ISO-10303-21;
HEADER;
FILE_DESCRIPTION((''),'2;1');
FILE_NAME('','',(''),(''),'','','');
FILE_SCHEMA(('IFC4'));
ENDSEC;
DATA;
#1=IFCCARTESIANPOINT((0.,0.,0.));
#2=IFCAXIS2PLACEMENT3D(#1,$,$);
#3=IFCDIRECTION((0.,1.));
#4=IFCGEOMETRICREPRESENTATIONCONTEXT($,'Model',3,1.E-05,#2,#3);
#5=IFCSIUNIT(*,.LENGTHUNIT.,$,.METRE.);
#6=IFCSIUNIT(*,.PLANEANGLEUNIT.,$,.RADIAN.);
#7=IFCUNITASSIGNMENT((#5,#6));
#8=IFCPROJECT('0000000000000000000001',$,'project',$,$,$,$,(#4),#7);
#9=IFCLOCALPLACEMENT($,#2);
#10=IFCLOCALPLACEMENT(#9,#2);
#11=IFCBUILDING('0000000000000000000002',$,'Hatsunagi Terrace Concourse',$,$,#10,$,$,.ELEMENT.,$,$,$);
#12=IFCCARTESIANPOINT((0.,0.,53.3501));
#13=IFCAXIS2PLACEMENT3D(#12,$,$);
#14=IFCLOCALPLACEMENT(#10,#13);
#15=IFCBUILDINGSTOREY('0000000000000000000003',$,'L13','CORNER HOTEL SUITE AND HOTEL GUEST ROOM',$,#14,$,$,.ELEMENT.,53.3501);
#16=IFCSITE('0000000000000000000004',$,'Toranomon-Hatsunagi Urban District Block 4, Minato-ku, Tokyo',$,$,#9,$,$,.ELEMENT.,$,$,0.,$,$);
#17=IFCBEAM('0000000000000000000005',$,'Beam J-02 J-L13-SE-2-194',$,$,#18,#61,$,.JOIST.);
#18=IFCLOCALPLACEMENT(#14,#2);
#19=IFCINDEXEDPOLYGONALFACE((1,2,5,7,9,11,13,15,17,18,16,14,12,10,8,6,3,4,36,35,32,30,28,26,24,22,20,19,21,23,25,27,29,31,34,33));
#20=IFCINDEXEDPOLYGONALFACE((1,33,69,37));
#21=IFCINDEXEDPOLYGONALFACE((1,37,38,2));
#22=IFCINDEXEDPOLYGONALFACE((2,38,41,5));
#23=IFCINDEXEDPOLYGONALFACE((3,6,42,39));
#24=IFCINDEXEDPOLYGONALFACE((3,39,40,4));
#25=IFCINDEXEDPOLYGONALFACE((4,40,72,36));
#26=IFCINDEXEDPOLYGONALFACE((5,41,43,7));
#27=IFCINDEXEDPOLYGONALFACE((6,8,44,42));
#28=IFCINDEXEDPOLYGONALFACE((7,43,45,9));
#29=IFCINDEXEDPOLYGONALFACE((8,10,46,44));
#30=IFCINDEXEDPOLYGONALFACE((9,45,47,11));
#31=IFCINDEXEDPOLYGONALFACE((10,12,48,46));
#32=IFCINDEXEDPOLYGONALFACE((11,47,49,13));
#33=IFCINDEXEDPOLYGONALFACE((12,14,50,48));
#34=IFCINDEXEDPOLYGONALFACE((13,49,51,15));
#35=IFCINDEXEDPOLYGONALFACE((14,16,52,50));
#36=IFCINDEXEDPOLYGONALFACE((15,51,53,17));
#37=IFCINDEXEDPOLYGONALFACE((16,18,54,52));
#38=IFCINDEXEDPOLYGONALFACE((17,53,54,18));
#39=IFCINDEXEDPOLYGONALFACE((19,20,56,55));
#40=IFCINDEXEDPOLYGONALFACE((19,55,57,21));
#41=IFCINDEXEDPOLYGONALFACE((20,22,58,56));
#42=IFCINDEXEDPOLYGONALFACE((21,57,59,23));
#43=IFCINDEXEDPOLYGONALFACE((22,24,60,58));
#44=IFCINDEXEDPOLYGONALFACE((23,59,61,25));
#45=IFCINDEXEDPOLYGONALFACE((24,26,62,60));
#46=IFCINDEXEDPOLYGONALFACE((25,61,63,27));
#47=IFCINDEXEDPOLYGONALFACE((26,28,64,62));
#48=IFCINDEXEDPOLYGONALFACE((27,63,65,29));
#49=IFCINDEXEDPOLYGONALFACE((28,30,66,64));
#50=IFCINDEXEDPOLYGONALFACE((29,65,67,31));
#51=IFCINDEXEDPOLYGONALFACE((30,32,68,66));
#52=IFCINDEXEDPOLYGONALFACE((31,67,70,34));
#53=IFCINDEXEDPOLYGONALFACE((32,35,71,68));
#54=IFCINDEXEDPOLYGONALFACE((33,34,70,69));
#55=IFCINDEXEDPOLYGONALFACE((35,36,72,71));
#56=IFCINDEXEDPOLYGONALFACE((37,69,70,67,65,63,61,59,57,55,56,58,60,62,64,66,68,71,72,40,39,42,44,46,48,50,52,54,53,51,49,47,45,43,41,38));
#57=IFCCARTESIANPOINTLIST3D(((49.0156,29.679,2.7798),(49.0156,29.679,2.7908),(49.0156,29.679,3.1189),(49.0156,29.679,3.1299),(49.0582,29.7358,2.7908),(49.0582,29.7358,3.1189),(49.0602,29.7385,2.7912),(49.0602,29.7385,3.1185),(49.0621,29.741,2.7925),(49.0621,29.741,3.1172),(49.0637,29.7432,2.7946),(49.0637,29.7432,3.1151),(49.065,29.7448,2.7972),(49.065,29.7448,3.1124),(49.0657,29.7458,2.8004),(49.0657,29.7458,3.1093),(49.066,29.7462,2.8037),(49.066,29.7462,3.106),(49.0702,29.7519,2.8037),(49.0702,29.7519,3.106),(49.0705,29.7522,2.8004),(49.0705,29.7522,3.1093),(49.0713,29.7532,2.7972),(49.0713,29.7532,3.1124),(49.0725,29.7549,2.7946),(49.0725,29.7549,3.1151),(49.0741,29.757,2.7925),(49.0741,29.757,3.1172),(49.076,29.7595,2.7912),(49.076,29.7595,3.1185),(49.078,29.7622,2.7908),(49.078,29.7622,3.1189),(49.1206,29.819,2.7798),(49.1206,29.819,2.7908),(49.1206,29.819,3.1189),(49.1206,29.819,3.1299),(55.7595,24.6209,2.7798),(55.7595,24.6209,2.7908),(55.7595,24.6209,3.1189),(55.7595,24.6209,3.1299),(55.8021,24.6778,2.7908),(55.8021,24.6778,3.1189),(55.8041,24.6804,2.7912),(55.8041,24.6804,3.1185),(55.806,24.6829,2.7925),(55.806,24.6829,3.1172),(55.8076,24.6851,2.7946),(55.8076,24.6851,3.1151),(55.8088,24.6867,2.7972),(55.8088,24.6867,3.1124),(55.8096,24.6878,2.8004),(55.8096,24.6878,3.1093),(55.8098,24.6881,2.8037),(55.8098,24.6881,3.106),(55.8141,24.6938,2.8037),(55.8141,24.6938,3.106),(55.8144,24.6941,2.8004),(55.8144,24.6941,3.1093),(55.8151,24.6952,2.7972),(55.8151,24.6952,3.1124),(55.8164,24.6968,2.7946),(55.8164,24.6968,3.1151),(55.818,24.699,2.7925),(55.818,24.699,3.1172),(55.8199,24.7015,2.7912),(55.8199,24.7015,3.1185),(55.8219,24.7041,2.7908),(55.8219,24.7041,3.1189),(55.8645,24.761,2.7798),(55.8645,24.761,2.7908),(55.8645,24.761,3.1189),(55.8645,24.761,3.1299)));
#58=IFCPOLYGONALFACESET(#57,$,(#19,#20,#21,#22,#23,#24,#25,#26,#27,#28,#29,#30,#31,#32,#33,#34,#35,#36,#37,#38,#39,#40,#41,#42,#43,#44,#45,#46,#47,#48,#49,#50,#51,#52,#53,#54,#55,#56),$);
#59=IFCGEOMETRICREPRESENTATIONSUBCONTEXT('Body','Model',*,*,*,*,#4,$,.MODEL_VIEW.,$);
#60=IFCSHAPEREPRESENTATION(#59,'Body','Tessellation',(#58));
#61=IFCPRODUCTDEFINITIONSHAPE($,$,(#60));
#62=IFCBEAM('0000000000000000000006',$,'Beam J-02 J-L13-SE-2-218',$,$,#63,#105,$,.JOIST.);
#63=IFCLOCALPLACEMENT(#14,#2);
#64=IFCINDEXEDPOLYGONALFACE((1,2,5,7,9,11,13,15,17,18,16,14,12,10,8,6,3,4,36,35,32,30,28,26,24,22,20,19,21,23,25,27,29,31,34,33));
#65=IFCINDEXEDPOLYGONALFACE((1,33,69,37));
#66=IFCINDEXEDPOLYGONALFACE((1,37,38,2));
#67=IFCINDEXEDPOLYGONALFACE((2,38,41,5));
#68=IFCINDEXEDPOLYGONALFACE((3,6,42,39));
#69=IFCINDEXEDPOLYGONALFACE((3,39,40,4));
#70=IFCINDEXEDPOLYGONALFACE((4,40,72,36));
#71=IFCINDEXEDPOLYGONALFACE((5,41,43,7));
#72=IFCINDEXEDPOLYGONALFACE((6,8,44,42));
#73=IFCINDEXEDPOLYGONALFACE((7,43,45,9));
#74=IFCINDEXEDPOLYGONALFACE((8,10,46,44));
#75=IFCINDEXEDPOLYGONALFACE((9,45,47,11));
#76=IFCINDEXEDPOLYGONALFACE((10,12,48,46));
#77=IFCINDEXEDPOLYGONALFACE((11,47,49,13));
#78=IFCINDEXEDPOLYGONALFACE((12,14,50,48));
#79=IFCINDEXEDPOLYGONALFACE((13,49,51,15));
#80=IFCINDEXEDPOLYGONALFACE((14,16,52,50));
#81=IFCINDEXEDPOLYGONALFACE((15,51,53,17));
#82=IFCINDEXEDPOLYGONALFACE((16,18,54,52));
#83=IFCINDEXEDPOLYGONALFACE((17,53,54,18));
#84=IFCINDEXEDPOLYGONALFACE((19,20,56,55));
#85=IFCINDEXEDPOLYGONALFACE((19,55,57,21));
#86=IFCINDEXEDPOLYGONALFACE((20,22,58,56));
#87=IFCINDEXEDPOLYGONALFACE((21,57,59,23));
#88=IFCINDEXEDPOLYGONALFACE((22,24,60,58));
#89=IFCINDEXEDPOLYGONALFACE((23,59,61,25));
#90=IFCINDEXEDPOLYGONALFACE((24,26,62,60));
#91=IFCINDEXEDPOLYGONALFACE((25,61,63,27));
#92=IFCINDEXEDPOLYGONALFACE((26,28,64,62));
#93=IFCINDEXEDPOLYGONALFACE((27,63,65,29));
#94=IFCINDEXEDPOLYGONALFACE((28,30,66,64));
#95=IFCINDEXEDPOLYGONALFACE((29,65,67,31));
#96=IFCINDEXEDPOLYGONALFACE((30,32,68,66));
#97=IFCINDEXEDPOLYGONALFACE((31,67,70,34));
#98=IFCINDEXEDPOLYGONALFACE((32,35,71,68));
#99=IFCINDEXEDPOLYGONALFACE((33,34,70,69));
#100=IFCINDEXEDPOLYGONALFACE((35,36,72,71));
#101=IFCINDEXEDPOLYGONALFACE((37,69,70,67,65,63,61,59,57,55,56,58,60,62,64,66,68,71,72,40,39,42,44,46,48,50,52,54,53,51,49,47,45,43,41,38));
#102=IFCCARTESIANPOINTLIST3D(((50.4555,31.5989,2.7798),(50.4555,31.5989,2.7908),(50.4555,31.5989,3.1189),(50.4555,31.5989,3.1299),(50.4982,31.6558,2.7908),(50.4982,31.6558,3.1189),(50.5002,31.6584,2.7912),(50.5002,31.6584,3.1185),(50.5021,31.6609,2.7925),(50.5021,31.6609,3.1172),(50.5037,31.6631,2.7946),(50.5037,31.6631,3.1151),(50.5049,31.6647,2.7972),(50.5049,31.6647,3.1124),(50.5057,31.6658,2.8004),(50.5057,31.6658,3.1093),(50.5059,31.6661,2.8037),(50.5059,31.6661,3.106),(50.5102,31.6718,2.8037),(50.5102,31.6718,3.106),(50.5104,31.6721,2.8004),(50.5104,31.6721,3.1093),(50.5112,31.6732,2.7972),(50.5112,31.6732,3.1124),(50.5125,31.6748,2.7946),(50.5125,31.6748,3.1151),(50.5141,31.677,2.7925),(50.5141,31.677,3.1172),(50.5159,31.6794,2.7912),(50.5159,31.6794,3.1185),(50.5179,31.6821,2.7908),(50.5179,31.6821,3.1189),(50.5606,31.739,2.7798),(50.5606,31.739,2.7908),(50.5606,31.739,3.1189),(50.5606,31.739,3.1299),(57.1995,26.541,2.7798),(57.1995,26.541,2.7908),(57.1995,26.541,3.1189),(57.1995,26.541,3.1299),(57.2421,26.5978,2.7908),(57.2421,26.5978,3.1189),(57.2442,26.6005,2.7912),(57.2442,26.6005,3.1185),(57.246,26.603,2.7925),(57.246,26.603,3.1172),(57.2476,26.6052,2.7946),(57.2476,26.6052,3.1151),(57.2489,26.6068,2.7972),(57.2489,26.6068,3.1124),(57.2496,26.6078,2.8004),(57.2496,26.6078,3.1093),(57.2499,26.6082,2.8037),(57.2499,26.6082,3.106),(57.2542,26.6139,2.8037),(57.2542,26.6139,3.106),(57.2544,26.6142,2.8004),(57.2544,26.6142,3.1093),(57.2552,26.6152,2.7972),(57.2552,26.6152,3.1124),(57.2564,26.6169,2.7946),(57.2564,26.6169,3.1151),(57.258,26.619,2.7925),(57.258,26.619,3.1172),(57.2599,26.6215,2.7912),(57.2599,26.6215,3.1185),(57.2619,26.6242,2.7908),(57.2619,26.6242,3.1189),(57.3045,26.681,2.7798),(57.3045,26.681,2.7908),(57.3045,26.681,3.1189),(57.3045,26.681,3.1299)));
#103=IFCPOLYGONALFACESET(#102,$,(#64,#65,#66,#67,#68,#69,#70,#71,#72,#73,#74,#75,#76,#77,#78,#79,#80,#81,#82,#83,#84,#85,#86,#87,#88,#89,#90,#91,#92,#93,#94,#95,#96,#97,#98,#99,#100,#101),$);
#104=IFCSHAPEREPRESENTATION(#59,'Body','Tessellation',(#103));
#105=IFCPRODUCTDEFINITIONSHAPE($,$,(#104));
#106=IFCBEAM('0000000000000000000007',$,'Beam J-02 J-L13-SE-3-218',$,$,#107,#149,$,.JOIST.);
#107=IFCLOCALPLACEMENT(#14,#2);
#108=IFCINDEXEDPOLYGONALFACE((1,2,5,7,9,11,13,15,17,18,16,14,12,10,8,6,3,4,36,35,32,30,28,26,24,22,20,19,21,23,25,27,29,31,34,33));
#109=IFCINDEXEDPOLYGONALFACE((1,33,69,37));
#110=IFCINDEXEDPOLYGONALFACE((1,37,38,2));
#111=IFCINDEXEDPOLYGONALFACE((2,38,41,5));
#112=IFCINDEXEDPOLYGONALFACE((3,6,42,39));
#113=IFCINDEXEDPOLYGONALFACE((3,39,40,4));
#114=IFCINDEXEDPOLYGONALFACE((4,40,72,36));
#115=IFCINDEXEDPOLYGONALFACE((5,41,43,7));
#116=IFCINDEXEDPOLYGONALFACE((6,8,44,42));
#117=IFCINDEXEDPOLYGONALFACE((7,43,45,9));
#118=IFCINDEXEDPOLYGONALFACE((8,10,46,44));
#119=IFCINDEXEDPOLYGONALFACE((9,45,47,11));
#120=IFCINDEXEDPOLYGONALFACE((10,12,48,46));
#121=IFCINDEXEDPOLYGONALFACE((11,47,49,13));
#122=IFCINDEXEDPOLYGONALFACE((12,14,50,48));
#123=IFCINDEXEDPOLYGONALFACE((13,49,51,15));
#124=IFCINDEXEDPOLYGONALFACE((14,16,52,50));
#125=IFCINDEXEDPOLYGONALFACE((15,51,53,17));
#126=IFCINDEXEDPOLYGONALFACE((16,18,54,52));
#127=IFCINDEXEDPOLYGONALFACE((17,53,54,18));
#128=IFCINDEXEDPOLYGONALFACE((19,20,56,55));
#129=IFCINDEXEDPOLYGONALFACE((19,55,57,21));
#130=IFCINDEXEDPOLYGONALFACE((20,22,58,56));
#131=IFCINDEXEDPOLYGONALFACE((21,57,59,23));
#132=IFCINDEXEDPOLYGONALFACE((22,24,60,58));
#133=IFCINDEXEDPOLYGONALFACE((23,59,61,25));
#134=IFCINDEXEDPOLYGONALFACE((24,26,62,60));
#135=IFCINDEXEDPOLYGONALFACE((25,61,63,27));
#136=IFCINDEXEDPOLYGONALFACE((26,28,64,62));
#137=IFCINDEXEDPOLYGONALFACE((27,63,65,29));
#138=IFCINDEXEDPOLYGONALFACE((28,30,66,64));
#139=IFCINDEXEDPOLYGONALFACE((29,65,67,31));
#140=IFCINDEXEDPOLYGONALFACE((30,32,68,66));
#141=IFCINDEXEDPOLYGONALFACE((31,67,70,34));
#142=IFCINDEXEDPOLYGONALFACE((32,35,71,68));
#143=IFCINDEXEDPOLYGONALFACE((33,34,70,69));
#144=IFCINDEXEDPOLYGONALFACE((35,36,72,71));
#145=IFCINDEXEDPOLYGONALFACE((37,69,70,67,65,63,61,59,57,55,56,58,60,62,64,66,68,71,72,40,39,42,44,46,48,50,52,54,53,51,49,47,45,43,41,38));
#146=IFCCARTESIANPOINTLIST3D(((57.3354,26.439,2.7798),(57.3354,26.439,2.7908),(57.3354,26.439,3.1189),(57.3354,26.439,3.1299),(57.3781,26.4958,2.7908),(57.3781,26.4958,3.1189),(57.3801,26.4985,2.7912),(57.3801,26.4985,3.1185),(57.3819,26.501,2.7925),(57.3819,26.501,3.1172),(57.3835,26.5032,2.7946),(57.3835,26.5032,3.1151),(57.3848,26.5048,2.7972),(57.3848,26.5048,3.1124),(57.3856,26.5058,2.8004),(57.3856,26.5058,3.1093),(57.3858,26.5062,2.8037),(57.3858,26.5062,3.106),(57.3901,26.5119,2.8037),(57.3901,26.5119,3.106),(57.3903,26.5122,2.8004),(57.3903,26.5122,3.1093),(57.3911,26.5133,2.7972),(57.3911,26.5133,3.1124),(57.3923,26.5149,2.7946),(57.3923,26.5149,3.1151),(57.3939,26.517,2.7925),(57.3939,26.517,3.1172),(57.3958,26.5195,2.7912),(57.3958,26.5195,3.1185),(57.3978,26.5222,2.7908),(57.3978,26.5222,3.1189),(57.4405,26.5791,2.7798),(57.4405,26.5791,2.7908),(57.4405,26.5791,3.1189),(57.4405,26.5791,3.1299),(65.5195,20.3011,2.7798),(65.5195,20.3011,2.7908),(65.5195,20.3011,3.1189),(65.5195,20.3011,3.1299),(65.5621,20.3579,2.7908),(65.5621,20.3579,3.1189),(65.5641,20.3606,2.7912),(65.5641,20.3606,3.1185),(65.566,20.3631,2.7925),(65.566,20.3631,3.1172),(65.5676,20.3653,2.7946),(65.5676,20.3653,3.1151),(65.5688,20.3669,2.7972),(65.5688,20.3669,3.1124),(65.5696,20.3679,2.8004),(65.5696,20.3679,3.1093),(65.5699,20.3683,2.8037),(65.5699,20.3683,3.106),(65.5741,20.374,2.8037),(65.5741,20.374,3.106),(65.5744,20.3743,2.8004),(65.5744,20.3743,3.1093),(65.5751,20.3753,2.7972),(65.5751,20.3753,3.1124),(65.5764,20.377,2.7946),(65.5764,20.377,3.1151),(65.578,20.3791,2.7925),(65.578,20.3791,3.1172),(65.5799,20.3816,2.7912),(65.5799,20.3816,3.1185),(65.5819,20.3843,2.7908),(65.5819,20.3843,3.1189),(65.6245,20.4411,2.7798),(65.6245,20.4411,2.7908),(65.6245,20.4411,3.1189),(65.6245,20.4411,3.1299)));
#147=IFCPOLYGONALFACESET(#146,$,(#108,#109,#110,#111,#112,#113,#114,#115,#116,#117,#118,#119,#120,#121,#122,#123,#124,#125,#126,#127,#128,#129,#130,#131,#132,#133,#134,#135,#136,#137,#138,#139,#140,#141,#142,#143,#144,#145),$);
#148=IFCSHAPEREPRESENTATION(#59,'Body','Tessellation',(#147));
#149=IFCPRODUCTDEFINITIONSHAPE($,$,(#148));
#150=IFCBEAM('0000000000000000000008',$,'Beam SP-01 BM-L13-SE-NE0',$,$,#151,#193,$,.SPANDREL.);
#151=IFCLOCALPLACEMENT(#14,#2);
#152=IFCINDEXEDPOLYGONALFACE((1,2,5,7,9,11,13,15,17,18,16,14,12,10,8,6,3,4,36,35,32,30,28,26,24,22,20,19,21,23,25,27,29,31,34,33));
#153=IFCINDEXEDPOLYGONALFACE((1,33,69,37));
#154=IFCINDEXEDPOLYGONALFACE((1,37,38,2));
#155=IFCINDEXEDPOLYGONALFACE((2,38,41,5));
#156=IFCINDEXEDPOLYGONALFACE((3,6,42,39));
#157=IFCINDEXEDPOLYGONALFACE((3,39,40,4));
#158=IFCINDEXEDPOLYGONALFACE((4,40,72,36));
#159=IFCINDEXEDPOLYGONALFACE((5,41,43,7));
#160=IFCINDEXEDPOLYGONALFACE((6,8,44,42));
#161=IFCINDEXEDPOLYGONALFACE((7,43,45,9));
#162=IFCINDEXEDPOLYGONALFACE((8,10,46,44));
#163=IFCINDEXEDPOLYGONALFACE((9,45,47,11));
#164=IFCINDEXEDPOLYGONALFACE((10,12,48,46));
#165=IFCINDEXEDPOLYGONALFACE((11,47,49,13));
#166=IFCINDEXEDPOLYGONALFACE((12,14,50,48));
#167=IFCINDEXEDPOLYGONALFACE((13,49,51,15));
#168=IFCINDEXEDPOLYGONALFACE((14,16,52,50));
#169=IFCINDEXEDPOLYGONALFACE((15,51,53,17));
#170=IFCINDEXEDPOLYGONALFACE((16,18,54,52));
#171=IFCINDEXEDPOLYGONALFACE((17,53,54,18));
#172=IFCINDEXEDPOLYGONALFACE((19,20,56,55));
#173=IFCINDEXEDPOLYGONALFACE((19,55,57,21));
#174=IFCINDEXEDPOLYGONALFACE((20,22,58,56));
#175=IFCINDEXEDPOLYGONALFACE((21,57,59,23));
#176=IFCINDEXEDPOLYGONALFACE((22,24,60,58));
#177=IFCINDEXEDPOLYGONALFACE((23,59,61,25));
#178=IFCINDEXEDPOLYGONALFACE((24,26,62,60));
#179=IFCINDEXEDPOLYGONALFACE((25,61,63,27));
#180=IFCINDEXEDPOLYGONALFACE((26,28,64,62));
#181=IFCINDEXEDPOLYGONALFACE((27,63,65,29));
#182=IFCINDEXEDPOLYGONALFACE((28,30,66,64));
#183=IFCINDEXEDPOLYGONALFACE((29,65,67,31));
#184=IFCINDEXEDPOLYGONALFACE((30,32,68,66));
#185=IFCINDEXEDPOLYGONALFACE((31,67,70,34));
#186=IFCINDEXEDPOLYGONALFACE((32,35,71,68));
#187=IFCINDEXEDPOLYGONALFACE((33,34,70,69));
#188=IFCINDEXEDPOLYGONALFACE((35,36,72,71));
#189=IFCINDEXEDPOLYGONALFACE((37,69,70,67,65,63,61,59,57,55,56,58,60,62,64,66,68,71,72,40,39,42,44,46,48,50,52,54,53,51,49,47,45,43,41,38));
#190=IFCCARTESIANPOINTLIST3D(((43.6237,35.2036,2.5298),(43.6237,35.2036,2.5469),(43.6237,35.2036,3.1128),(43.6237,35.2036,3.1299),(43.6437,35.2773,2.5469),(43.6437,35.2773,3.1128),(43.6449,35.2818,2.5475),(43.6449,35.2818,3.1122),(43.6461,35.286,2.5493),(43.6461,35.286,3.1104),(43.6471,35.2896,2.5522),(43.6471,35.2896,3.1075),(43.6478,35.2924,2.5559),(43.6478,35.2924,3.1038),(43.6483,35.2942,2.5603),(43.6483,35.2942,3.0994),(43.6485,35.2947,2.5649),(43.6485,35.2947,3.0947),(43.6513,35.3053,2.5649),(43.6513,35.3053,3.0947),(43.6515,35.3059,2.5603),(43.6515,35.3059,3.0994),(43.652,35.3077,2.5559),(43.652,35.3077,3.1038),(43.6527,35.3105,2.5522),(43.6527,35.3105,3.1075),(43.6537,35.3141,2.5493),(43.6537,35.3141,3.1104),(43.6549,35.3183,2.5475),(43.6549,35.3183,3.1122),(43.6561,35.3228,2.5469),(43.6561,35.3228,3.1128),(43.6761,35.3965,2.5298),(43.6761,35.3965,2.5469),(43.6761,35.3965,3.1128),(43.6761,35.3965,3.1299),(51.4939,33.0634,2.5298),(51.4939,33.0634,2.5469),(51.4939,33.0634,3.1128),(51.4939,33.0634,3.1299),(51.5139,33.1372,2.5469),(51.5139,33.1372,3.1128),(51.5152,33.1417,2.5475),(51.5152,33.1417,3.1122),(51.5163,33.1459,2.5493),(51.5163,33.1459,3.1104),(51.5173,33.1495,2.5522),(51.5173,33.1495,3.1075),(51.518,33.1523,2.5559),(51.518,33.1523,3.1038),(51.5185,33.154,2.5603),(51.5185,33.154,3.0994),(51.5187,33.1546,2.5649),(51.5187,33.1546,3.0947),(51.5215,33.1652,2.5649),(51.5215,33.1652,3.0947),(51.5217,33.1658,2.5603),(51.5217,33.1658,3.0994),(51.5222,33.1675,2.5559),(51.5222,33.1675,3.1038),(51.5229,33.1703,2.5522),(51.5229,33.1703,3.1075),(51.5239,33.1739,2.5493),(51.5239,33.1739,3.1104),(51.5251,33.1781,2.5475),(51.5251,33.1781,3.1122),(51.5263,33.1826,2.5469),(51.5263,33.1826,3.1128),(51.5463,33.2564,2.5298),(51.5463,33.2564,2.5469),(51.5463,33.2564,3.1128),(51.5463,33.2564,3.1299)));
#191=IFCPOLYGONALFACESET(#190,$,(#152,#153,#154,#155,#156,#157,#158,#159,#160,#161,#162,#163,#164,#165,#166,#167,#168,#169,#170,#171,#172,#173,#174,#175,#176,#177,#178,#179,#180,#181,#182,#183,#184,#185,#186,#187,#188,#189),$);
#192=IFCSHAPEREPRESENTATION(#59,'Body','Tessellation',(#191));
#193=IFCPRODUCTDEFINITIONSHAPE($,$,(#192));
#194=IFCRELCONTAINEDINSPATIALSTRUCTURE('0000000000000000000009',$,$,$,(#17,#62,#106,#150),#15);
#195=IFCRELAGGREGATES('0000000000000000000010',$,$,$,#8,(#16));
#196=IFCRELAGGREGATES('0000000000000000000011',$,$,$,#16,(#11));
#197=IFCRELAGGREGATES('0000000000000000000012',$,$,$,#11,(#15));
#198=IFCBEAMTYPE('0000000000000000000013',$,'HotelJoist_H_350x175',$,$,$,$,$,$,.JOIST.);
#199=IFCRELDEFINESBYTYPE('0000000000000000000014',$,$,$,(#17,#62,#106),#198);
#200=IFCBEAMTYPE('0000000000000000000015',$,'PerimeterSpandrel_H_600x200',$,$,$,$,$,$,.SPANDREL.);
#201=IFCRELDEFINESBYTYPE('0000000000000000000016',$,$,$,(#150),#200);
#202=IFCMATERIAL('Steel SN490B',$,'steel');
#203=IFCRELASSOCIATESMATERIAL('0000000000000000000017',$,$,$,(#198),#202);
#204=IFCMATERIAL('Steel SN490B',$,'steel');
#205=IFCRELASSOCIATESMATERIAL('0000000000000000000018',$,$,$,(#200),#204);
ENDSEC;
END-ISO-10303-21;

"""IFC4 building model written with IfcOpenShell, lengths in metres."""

from ifc_helpers import new_model, si_unit, direction, frame, origin, origin_2d, place, context, subcontext, project, spatial, i_section, extrude, material, material_profile, profile_set, type_object, element, save


model = new_model("IFC4")

# Units and contexts
model_context = context("Model", 3, precision=1e-05, world=origin(), true_north=direction((0.0, 1.0)))
body_context = subcontext(model_context, "Body", "Model", "MODEL_VIEW")
ifc_project = project(units=[si_unit("LENGTHUNIT", "METRE"), si_unit("PLANEANGLEUNIT", "RADIAN")], contexts=[model_context])

# Site, building, storey
site_placement = place(None, origin())
site = spatial("IfcSite", under=ifc_project, at=site_placement, Name="Toranomon-Hatsunagi Urban District Block 4, Minato-ku, Tokyo", CompositionType="ELEMENT", RefElevation=0.0)
building_placement = place(site_placement, origin())
building = spatial("IfcBuilding", under=site, at=building_placement, Name="Hatsunagi Terrace Concourse", CompositionType="ELEMENT")
storey_placement = place(building_placement, frame((0.0, 0.0, 53.3501)))
storey = spatial("IfcBuildingStorey", under=building, at=storey_placement, Name="L13", Description="CORNER HOTEL SUITE AND HOTEL GUEST ROOM", CompositionType="ELEMENT", Elevation=53.3501)

# Beams
ifc_material_1 = material(Name="Steel SN490B", Category="steel")
ifc_material_profile_1 = material_profile(ifc_material_1, i_section(OverallWidth=0.175, OverallDepth=0.3501, WebThickness=0.0071, FlangeThickness=0.011, FilletRadius=0.0129, at=origin_2d()), Name="H-350x175x7x11")
ifc_profile_set_1 = profile_set([ifc_material_profile_1], Name="Steel SN490B")
beam_type_1 = type_object("IfcBeamType", Name="HotelJoist_H_350x175", PredefinedType="JOIST", material=ifc_profile_set_1)
for number, where, z_axis, x_axis, name in (
    (1, (49.0681, 29.749, 2.9548), (0.79999, -0.600014, 0.0), (0.600014, 0.79999, 0.0), "Beam J-02 J-L13-SE-2-194"),
    (2, (50.5081, 31.6689, 2.9548), (0.800003, -0.599995, 0.0), (0.599995, 0.800003, 0.0), "Beam J-02 J-L13-SE-2-218"),
):
    element("IfcBeam", number, at=place(storey_placement, frame(where, z_axis=z_axis, x_axis=x_axis)), inside=storey, type_object=beam_type_1, Name=name, PredefinedType="JOIST", context=body_context, shape_type="SweptSolid", body=[
        extrude(i_section(OverallWidth=0.175, OverallDepth=0.3501, WebThickness=0.0071, FlangeThickness=0.011, FilletRadius=0.0129, at=origin_2d()), origin(), (0.0, 0.0, 1.0), 8.4299),
    ])
beam_1_placement = place(storey_placement, frame((57.3879, 26.509, 2.9548), z_axis=(0.800006, -0.599992, 0.0), x_axis=(0.599992, 0.800006, 0.0)))
element("IfcBeam", 3, at=beam_1_placement, inside=storey, type_object=beam_type_1, Name="Beam J-02 J-L13-SE-3-218", PredefinedType="JOIST", context=body_context, shape_type="SweptSolid", body=[
    extrude(i_section(OverallWidth=0.175, OverallDepth=0.3501, WebThickness=0.0071, FlangeThickness=0.011, FilletRadius=0.0129, at=origin_2d()), origin(), (0.0, 0.0, 1.0), 10.23),
])
ifc_material_2 = material(Name="Steel SN490B", Category="steel")
ifc_material_profile_2 = material_profile(ifc_material_2, i_section(OverallWidth=0.2, OverallDepth=0.6001, WebThickness=0.011, FlangeThickness=0.0171, FilletRadius=0.0181, at=origin_2d()), Name="H-600x200x11x17")
ifc_profile_set_2 = profile_set([ifc_material_profile_2], Name="Steel SN490B")
beam_type_2 = type_object("IfcBeamType", Name="PerimeterSpandrel_H_600x200", PredefinedType="SPANDREL", material=ifc_profile_set_2)
beam_2_placement = place(storey_placement, frame((43.6499, 35.3, 2.8298), z_axis=(0.964958, -0.262403, 0.0), x_axis=(0.262403, 0.964958, 0.0)))
element("IfcBeam", 4, at=beam_2_placement, inside=storey, type_object=beam_type_2, Name="Beam SP-01 BM-L13-SE-NE0", PredefinedType="SPANDREL", context=body_context, shape_type="SweptSolid", body=[
    extrude(i_section(OverallWidth=0.2, OverallDepth=0.6001, WebThickness=0.011, FlangeThickness=0.0171, FilletRadius=0.0181, at=origin_2d()), origin(), (0.0, 0.0, 1.0), 8.156),
])

save(model, "model.ifc")
